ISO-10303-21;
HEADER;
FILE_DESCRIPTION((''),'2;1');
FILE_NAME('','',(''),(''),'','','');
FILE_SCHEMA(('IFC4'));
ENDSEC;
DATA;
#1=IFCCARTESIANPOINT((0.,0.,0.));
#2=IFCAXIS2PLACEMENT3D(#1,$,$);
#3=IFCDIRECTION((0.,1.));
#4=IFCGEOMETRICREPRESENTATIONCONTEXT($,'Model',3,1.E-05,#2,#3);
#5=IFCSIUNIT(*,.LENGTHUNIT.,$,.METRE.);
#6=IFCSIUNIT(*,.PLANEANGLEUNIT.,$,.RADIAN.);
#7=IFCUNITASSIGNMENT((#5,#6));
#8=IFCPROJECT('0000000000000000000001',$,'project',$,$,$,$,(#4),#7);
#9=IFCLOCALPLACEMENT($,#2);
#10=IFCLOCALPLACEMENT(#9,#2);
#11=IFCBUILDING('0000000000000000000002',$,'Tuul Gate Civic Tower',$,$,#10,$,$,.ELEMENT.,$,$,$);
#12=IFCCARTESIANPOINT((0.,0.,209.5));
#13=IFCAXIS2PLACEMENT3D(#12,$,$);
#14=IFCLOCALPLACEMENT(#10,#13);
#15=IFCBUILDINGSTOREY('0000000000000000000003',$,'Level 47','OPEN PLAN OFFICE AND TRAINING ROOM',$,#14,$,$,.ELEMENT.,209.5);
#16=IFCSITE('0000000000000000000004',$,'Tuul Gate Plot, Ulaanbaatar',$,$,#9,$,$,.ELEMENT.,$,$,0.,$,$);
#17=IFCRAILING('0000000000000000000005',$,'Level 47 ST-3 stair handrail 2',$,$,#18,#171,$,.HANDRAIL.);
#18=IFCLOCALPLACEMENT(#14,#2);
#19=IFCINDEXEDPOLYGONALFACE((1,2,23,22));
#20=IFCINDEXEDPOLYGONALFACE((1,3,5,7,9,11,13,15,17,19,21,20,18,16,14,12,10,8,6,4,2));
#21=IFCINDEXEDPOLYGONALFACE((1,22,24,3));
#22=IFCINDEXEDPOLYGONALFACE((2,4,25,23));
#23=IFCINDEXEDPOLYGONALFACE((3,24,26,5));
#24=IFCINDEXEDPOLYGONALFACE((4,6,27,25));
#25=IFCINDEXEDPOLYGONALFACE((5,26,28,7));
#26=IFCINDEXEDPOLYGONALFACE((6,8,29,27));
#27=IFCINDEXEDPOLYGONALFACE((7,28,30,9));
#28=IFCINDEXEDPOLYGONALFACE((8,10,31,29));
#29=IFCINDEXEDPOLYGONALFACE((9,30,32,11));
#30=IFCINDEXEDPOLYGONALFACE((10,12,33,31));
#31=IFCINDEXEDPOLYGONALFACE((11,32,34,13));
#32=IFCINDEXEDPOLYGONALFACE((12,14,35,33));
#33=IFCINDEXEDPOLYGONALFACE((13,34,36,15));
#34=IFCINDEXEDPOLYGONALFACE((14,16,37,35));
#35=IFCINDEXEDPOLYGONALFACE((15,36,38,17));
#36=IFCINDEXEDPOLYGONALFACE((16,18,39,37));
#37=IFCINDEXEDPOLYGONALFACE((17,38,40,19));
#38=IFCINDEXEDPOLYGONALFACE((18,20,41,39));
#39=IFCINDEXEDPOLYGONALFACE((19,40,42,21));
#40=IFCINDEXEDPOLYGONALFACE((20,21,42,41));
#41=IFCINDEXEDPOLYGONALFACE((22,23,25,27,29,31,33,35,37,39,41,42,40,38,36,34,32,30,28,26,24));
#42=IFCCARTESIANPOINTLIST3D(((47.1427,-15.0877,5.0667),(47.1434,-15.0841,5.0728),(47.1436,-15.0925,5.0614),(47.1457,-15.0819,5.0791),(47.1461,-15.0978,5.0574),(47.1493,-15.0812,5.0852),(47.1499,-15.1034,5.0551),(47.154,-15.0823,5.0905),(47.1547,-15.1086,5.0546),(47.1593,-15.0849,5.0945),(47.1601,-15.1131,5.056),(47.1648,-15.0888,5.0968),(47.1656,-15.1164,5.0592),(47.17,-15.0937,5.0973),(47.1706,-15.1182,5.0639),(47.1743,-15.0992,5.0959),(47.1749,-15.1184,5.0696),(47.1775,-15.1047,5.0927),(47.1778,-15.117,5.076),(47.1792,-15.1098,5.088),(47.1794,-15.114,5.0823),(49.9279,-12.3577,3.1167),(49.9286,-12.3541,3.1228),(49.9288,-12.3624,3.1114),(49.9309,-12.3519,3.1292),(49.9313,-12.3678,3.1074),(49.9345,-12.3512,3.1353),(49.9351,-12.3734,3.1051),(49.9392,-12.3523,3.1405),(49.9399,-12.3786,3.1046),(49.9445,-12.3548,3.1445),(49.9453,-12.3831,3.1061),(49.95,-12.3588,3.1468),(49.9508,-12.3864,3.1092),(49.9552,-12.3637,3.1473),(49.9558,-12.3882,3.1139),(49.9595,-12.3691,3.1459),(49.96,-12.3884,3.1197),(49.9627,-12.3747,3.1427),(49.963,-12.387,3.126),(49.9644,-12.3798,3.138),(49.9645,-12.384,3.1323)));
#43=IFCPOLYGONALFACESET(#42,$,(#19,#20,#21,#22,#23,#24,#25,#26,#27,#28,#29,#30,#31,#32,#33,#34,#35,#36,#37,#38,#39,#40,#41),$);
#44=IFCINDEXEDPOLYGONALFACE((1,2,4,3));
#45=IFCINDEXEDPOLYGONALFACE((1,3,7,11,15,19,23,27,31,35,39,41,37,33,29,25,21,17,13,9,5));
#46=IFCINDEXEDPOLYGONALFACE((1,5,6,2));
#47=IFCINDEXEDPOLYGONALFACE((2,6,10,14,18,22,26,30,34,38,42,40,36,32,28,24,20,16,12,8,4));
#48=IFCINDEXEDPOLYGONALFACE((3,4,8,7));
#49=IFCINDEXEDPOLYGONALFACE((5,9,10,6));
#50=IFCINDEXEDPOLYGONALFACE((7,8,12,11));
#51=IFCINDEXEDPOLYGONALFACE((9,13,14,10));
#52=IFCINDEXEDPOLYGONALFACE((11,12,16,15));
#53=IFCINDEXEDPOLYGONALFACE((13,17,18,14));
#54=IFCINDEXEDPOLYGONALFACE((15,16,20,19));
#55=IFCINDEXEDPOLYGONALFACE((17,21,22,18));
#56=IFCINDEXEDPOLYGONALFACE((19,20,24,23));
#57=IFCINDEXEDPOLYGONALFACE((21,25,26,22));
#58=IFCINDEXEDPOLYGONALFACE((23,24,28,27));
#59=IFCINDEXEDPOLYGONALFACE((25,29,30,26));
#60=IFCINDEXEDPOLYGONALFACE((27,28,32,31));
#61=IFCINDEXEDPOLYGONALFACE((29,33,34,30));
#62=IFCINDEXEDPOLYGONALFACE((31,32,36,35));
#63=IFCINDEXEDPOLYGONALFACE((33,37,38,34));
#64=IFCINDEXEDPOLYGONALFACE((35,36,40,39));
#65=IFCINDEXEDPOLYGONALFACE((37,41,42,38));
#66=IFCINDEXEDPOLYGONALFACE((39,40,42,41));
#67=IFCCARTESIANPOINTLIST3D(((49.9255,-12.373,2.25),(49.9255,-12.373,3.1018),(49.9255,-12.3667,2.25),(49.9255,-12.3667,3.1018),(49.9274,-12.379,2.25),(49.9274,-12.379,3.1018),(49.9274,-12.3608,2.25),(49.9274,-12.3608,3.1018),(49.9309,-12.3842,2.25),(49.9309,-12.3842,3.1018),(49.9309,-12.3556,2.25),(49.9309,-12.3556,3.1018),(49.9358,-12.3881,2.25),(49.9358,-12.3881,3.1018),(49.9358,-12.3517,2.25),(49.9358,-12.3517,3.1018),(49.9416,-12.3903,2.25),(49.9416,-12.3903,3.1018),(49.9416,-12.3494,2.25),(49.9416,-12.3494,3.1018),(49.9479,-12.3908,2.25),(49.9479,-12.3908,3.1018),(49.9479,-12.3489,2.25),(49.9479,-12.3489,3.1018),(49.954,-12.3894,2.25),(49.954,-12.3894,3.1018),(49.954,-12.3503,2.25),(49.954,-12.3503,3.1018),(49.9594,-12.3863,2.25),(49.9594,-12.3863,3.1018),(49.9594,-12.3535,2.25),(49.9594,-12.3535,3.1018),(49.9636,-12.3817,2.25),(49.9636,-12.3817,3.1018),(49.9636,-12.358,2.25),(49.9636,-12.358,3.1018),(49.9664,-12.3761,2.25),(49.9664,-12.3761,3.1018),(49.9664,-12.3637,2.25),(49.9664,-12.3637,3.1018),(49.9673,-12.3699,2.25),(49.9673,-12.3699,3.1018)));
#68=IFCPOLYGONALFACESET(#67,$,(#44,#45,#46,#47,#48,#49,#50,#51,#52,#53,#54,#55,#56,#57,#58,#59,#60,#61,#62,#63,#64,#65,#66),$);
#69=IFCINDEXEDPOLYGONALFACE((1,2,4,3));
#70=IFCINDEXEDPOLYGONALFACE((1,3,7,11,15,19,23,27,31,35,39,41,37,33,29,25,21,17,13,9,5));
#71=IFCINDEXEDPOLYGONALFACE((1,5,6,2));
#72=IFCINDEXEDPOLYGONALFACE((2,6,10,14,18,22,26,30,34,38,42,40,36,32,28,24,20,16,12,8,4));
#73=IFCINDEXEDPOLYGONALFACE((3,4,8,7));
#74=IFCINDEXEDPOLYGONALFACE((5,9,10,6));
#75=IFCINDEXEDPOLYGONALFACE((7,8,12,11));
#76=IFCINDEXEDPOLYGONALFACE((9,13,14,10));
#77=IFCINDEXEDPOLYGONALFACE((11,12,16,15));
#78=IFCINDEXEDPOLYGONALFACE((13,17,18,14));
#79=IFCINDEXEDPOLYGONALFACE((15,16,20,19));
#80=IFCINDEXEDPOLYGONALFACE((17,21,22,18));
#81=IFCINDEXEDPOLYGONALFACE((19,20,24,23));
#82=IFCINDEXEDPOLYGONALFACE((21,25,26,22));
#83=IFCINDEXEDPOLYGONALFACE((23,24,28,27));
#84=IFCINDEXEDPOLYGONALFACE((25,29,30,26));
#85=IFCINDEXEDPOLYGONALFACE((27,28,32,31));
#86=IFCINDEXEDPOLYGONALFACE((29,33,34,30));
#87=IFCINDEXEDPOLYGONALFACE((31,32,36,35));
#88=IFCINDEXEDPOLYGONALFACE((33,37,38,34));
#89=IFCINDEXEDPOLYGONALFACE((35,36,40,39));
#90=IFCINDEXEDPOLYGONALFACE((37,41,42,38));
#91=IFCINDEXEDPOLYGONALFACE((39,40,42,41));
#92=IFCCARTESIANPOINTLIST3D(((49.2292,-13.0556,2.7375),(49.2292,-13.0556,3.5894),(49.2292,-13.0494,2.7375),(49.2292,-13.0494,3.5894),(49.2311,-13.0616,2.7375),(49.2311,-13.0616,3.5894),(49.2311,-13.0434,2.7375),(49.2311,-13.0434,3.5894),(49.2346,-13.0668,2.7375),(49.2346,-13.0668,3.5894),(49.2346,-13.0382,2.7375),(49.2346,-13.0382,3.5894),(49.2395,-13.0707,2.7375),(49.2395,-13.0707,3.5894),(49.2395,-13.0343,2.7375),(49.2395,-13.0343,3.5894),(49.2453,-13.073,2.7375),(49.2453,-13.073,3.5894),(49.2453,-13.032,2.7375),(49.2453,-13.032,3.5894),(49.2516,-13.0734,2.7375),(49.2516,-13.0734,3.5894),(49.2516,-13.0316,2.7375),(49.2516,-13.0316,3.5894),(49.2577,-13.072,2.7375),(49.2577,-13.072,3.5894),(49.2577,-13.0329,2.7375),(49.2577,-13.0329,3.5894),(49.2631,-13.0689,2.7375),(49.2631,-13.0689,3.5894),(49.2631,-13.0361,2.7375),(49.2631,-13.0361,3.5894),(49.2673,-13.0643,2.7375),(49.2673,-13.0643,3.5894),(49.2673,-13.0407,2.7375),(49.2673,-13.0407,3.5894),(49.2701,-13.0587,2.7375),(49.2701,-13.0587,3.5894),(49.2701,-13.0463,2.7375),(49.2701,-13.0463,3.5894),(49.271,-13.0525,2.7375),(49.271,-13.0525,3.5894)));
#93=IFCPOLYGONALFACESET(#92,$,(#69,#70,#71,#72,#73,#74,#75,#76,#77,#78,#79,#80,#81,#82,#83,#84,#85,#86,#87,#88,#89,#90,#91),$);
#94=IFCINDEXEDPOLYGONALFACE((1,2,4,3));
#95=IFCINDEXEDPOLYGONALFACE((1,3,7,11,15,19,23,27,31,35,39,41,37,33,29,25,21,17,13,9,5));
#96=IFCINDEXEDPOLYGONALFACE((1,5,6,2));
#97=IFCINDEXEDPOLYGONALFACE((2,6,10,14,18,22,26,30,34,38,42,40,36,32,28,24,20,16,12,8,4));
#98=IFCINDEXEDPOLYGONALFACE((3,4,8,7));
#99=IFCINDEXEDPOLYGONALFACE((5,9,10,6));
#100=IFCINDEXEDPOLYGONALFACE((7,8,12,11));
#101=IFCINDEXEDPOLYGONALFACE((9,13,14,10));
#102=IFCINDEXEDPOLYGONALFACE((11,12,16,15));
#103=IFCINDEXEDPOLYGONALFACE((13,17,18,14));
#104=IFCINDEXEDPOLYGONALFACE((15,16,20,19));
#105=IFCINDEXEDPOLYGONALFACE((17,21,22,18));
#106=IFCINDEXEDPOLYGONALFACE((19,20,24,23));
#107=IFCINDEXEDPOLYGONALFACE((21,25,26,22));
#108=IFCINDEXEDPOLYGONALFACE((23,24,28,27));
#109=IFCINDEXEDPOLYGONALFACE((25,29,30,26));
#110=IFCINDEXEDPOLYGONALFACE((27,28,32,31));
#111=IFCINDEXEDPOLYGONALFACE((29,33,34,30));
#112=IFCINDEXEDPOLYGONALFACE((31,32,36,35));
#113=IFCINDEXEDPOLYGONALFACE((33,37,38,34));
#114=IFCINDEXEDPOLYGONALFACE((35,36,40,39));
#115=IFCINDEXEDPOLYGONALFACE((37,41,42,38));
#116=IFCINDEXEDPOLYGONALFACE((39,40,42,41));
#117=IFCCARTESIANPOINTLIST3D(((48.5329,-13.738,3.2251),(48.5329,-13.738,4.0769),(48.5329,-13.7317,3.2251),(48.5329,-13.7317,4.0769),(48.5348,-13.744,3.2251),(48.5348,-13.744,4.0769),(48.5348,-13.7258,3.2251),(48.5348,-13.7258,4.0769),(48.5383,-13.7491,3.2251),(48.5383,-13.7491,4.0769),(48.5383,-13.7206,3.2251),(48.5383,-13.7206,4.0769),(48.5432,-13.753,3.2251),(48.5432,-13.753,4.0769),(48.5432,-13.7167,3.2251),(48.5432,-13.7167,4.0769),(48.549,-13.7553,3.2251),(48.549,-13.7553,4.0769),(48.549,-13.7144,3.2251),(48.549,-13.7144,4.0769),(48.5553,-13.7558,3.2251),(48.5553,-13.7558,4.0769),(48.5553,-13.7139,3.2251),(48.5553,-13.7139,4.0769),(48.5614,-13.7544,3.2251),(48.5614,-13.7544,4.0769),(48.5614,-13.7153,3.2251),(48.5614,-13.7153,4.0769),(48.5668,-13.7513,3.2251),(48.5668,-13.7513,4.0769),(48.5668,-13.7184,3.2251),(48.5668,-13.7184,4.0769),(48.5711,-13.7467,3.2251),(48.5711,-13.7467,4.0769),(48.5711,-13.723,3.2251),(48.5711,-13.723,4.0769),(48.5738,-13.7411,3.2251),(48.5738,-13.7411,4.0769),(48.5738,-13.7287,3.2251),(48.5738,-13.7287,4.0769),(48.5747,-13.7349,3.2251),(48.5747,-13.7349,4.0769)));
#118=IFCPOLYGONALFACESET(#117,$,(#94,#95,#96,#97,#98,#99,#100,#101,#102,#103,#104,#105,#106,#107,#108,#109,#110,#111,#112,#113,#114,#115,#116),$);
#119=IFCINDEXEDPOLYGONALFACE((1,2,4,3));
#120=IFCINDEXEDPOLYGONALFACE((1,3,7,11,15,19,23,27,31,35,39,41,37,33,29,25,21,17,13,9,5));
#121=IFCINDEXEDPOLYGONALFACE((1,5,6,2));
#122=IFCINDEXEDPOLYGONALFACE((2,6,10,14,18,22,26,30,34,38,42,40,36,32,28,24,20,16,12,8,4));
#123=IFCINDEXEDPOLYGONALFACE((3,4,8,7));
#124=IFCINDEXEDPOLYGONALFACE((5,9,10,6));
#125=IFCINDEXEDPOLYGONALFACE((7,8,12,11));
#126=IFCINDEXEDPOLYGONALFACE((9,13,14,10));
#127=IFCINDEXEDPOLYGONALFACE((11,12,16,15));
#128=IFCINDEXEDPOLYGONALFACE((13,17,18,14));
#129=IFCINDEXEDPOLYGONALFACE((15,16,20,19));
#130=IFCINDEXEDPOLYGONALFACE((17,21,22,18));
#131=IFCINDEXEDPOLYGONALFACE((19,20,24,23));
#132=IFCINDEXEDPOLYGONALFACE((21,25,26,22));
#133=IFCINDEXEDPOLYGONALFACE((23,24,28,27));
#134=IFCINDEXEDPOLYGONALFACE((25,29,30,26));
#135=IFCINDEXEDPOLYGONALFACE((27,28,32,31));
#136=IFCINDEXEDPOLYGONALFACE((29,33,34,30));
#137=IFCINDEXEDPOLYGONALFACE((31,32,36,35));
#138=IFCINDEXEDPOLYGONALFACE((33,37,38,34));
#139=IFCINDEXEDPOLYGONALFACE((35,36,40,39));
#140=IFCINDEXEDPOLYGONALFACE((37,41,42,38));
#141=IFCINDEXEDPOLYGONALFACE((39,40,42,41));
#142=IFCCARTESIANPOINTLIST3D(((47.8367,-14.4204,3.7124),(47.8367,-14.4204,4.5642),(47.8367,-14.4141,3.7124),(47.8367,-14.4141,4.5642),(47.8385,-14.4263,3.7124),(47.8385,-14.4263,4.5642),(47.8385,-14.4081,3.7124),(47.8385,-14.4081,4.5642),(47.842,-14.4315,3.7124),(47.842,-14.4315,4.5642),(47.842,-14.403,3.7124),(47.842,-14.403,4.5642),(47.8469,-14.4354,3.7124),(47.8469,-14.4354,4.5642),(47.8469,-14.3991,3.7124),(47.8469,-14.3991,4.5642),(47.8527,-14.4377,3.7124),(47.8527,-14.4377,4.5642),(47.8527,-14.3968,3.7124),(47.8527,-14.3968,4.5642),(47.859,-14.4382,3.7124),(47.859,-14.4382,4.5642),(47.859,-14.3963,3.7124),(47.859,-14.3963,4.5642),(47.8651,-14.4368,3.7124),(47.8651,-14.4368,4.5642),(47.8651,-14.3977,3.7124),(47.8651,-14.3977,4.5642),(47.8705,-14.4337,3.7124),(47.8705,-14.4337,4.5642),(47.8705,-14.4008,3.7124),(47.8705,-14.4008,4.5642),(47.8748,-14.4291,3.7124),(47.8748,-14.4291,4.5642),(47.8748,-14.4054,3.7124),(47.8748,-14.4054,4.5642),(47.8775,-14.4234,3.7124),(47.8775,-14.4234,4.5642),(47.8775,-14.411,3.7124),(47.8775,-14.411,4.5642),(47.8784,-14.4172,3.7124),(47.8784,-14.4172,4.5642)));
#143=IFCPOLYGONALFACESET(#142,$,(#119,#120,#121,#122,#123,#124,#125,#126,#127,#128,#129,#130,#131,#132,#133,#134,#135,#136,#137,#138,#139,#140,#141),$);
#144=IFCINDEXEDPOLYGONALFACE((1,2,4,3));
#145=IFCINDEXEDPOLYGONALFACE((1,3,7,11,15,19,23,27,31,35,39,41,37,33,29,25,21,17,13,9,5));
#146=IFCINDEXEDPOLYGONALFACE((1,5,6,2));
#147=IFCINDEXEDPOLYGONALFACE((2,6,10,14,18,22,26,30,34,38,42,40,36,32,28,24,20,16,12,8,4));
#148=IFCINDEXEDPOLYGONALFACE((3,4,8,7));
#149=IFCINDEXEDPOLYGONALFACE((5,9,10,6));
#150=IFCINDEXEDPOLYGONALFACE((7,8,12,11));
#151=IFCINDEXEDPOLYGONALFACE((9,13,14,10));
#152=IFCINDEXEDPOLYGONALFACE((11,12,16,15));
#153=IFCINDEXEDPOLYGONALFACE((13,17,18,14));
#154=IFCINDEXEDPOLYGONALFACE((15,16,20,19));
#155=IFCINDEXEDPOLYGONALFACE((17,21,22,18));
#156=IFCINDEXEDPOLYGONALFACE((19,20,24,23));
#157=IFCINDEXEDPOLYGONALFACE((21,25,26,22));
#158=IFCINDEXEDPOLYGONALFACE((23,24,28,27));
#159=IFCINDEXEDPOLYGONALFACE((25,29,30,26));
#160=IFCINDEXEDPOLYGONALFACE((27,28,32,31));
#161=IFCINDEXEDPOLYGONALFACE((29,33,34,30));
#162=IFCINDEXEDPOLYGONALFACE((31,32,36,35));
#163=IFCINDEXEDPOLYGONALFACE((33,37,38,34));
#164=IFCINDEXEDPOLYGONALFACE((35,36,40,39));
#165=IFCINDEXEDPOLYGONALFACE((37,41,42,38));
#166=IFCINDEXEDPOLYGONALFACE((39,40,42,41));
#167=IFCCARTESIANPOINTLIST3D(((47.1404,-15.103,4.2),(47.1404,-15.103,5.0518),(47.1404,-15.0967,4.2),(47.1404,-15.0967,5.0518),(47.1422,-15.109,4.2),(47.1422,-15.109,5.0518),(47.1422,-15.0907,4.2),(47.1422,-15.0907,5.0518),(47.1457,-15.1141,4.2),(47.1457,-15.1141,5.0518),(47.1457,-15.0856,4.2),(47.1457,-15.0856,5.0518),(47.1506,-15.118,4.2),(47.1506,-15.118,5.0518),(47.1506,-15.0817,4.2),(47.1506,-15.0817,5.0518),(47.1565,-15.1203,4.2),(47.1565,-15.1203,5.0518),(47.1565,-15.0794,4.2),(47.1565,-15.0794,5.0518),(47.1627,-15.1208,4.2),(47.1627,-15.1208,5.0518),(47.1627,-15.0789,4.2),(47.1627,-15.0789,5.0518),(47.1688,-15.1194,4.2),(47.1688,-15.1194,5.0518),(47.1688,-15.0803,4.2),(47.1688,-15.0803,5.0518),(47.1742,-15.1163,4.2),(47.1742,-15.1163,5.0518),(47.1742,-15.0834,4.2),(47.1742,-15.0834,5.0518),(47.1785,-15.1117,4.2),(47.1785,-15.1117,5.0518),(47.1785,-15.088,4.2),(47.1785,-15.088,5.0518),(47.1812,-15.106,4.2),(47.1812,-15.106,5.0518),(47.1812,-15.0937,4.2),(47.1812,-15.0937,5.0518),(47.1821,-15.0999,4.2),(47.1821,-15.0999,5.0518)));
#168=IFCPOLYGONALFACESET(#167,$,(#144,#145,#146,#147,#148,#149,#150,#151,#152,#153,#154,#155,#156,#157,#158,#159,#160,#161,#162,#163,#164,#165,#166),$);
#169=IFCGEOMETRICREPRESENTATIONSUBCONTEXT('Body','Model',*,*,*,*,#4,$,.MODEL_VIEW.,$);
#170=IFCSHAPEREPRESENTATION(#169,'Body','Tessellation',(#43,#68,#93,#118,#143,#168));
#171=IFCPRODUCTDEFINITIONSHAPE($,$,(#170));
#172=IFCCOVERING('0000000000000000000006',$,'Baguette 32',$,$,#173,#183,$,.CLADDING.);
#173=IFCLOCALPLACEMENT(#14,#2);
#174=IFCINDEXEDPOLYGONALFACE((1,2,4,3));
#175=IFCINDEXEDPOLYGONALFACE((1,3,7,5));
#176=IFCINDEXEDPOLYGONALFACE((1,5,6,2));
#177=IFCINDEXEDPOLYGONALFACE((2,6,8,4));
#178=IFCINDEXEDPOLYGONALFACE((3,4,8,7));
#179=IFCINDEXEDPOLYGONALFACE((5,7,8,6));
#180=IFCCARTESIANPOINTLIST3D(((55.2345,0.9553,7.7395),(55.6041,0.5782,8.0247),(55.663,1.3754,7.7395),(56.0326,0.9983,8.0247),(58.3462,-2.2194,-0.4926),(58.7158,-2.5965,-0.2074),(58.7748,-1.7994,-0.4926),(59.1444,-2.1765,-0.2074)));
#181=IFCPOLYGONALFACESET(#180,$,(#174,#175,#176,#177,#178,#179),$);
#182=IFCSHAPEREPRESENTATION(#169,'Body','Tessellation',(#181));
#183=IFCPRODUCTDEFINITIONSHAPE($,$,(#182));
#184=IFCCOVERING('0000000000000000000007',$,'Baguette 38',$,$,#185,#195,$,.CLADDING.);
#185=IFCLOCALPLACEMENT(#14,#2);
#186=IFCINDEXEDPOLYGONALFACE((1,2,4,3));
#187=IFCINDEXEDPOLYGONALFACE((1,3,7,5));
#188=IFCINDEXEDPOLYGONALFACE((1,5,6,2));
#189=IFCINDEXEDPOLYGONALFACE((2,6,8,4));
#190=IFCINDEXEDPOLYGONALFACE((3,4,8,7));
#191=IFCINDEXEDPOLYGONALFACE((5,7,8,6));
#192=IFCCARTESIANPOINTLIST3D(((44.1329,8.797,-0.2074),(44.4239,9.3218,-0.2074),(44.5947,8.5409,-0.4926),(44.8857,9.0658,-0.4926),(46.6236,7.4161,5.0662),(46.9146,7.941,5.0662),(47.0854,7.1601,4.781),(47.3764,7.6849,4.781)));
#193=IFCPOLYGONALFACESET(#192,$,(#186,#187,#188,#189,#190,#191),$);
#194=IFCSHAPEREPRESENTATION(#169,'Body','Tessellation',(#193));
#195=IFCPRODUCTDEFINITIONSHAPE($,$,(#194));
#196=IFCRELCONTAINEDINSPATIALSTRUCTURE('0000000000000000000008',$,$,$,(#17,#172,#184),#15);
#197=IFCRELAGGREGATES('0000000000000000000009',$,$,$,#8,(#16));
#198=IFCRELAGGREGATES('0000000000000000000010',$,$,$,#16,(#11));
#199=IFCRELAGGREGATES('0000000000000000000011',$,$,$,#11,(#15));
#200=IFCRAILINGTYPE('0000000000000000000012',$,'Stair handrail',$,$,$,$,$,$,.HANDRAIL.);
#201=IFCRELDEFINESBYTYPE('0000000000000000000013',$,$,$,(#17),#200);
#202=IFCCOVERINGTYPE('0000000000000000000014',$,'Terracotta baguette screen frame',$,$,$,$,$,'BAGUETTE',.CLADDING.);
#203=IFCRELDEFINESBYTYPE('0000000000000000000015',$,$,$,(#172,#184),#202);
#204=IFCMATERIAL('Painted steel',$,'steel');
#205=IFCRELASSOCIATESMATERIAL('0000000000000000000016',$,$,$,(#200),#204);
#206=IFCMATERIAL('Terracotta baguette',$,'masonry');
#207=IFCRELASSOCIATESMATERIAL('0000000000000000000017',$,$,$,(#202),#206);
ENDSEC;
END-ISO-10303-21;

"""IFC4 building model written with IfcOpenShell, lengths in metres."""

from ifc_helpers import new_model, si_unit, direction, frame, origin, origin_2d, place, context, subcontext, project, spatial, rectangle, circle, extrude, material, material_profile, profile_set, type_object, element, save


model = new_model("IFC4")

# Units and contexts
model_context = context("Model", 3, precision=1e-05, world=origin(), true_north=direction((0.0, 1.0)))
body_context = subcontext(model_context, "Body", "Model", "MODEL_VIEW")
ifc_project = project(units=[si_unit("LENGTHUNIT", "METRE"), si_unit("PLANEANGLEUNIT", "RADIAN")], contexts=[model_context])

# Site, building, storey
site_placement = place(None, origin())
site = spatial("IfcSite", under=ifc_project, at=site_placement, Name="Tuul Gate Plot, Ulaanbaatar", CompositionType="ELEMENT", RefElevation=0.0)
building_placement = place(site_placement, origin())
building = spatial("IfcBuilding", under=site, at=building_placement, Name="Tuul Gate Civic Tower", CompositionType="ELEMENT")
storey_placement = place(building_placement, frame((0.0, 0.0, 209.5)))
storey = spatial("IfcBuildingStorey", under=building, at=storey_placement, Name="Level 47", Description="OPEN PLAN OFFICE AND TRAINING ROOM", CompositionType="ELEMENT", Elevation=209.5)

# Railing
ifc_material_1 = material(Name="Painted steel", Category="steel")
railing_type = type_object("IfcRailingType", Name="Stair handrail", PredefinedType="HANDRAIL", material=ifc_material_1)
railing_placement = place(storey_placement, frame((49.9463, -12.3699, 2.25)))
element("IfcRailing", 1, at=railing_placement, inside=storey, type_object=railing_type, Name="Level 47 ST-3 stair handrail 2", PredefinedType="HANDRAIL", context=body_context, shape_type="SweptSolid", body=[
    extrude(circle(Radius=0.0239, at=origin_2d()), frame((0.0, 0.0, 0.876), z_axis=(-0.638754, -0.6261, 0.447206), x_axis=(0.699998, -0.714145, 0.0)), (0.0, 0.0, 1.0), 4.3604),
    extrude(circle(Radius=0.021, at=origin_2d()), origin(), (0.0, 0.0, 1.0), 0.8518),
    extrude(circle(Radius=0.021, at=origin_2d()), frame((-0.6963, -0.6826, 0.4875)), (0.0, 0.0, 1.0), 0.8518),
    extrude(circle(Radius=0.021, at=origin_2d()), frame((-1.3926, -1.365, 0.9751)), (0.0, 0.0, 1.0), 0.8518),
    extrude(circle(Radius=0.021, at=origin_2d()), frame((-2.0889, -2.0474, 1.4624)), (0.0, 0.0, 1.0), 0.8518),
    extrude(circle(Radius=0.021, at=origin_2d()), frame((-2.7852, -2.73, 1.95)), (0.0, 0.0, 1.0), 0.8518),
])

# Coverings
ifc_material_2 = material(Name="Terracotta baguette", Category="masonry")
ifc_material_profile_1 = material_profile(ifc_material_2, rectangle(XDim=0.6001, YDim=0.6001, at=origin_2d()), Name="Terracotta baguette screen frame")
ifc_profile_set_1 = profile_set([ifc_material_profile_1], Name="Terracotta baguette")
covering_type = type_object("IfcCoveringType", Name="Terracotta baguette screen frame", ElementType="BAGUETTE", PredefinedType="CLADDING", material=ifc_profile_set_1)
covering_1_placement = place(storey_placement, frame((55.6335, 0.9768, 7.8821), z_axis=(0.332607, -0.33934, -0.879898), x_axis=(0.714156, 0.699987, 0.0)))
element("IfcCovering", 2, at=covering_1_placement, inside=storey, type_object=covering_type, Name="Baguette 32", PredefinedType="CLADDING", context=body_context, shape_type="SweptSolid", body=[
    extrude(rectangle(XDim=0.6001, YDim=0.6001, at=origin_2d()), origin(), (0.0, 0.0, 1.0), 9.3557),
])
covering_2_placement = place(storey_placement, frame((47.0, 7.5505, 4.9236), z_axis=(-0.41557, 0.230392, -0.879898), x_axis=(-0.484871, -0.874586, 0.0)))
element("IfcCovering", 3, at=covering_2_placement, inside=storey, type_object=covering_type, Name="Baguette 38", PredefinedType="CLADDING", context=body_context, shape_type="SweptSolid", body=[
    extrude(rectangle(XDim=0.6001, YDim=0.6001, at=origin_2d()), origin(), (0.0, 0.0, 1.0), 5.9934),
])

save(model, "model.ifc")
